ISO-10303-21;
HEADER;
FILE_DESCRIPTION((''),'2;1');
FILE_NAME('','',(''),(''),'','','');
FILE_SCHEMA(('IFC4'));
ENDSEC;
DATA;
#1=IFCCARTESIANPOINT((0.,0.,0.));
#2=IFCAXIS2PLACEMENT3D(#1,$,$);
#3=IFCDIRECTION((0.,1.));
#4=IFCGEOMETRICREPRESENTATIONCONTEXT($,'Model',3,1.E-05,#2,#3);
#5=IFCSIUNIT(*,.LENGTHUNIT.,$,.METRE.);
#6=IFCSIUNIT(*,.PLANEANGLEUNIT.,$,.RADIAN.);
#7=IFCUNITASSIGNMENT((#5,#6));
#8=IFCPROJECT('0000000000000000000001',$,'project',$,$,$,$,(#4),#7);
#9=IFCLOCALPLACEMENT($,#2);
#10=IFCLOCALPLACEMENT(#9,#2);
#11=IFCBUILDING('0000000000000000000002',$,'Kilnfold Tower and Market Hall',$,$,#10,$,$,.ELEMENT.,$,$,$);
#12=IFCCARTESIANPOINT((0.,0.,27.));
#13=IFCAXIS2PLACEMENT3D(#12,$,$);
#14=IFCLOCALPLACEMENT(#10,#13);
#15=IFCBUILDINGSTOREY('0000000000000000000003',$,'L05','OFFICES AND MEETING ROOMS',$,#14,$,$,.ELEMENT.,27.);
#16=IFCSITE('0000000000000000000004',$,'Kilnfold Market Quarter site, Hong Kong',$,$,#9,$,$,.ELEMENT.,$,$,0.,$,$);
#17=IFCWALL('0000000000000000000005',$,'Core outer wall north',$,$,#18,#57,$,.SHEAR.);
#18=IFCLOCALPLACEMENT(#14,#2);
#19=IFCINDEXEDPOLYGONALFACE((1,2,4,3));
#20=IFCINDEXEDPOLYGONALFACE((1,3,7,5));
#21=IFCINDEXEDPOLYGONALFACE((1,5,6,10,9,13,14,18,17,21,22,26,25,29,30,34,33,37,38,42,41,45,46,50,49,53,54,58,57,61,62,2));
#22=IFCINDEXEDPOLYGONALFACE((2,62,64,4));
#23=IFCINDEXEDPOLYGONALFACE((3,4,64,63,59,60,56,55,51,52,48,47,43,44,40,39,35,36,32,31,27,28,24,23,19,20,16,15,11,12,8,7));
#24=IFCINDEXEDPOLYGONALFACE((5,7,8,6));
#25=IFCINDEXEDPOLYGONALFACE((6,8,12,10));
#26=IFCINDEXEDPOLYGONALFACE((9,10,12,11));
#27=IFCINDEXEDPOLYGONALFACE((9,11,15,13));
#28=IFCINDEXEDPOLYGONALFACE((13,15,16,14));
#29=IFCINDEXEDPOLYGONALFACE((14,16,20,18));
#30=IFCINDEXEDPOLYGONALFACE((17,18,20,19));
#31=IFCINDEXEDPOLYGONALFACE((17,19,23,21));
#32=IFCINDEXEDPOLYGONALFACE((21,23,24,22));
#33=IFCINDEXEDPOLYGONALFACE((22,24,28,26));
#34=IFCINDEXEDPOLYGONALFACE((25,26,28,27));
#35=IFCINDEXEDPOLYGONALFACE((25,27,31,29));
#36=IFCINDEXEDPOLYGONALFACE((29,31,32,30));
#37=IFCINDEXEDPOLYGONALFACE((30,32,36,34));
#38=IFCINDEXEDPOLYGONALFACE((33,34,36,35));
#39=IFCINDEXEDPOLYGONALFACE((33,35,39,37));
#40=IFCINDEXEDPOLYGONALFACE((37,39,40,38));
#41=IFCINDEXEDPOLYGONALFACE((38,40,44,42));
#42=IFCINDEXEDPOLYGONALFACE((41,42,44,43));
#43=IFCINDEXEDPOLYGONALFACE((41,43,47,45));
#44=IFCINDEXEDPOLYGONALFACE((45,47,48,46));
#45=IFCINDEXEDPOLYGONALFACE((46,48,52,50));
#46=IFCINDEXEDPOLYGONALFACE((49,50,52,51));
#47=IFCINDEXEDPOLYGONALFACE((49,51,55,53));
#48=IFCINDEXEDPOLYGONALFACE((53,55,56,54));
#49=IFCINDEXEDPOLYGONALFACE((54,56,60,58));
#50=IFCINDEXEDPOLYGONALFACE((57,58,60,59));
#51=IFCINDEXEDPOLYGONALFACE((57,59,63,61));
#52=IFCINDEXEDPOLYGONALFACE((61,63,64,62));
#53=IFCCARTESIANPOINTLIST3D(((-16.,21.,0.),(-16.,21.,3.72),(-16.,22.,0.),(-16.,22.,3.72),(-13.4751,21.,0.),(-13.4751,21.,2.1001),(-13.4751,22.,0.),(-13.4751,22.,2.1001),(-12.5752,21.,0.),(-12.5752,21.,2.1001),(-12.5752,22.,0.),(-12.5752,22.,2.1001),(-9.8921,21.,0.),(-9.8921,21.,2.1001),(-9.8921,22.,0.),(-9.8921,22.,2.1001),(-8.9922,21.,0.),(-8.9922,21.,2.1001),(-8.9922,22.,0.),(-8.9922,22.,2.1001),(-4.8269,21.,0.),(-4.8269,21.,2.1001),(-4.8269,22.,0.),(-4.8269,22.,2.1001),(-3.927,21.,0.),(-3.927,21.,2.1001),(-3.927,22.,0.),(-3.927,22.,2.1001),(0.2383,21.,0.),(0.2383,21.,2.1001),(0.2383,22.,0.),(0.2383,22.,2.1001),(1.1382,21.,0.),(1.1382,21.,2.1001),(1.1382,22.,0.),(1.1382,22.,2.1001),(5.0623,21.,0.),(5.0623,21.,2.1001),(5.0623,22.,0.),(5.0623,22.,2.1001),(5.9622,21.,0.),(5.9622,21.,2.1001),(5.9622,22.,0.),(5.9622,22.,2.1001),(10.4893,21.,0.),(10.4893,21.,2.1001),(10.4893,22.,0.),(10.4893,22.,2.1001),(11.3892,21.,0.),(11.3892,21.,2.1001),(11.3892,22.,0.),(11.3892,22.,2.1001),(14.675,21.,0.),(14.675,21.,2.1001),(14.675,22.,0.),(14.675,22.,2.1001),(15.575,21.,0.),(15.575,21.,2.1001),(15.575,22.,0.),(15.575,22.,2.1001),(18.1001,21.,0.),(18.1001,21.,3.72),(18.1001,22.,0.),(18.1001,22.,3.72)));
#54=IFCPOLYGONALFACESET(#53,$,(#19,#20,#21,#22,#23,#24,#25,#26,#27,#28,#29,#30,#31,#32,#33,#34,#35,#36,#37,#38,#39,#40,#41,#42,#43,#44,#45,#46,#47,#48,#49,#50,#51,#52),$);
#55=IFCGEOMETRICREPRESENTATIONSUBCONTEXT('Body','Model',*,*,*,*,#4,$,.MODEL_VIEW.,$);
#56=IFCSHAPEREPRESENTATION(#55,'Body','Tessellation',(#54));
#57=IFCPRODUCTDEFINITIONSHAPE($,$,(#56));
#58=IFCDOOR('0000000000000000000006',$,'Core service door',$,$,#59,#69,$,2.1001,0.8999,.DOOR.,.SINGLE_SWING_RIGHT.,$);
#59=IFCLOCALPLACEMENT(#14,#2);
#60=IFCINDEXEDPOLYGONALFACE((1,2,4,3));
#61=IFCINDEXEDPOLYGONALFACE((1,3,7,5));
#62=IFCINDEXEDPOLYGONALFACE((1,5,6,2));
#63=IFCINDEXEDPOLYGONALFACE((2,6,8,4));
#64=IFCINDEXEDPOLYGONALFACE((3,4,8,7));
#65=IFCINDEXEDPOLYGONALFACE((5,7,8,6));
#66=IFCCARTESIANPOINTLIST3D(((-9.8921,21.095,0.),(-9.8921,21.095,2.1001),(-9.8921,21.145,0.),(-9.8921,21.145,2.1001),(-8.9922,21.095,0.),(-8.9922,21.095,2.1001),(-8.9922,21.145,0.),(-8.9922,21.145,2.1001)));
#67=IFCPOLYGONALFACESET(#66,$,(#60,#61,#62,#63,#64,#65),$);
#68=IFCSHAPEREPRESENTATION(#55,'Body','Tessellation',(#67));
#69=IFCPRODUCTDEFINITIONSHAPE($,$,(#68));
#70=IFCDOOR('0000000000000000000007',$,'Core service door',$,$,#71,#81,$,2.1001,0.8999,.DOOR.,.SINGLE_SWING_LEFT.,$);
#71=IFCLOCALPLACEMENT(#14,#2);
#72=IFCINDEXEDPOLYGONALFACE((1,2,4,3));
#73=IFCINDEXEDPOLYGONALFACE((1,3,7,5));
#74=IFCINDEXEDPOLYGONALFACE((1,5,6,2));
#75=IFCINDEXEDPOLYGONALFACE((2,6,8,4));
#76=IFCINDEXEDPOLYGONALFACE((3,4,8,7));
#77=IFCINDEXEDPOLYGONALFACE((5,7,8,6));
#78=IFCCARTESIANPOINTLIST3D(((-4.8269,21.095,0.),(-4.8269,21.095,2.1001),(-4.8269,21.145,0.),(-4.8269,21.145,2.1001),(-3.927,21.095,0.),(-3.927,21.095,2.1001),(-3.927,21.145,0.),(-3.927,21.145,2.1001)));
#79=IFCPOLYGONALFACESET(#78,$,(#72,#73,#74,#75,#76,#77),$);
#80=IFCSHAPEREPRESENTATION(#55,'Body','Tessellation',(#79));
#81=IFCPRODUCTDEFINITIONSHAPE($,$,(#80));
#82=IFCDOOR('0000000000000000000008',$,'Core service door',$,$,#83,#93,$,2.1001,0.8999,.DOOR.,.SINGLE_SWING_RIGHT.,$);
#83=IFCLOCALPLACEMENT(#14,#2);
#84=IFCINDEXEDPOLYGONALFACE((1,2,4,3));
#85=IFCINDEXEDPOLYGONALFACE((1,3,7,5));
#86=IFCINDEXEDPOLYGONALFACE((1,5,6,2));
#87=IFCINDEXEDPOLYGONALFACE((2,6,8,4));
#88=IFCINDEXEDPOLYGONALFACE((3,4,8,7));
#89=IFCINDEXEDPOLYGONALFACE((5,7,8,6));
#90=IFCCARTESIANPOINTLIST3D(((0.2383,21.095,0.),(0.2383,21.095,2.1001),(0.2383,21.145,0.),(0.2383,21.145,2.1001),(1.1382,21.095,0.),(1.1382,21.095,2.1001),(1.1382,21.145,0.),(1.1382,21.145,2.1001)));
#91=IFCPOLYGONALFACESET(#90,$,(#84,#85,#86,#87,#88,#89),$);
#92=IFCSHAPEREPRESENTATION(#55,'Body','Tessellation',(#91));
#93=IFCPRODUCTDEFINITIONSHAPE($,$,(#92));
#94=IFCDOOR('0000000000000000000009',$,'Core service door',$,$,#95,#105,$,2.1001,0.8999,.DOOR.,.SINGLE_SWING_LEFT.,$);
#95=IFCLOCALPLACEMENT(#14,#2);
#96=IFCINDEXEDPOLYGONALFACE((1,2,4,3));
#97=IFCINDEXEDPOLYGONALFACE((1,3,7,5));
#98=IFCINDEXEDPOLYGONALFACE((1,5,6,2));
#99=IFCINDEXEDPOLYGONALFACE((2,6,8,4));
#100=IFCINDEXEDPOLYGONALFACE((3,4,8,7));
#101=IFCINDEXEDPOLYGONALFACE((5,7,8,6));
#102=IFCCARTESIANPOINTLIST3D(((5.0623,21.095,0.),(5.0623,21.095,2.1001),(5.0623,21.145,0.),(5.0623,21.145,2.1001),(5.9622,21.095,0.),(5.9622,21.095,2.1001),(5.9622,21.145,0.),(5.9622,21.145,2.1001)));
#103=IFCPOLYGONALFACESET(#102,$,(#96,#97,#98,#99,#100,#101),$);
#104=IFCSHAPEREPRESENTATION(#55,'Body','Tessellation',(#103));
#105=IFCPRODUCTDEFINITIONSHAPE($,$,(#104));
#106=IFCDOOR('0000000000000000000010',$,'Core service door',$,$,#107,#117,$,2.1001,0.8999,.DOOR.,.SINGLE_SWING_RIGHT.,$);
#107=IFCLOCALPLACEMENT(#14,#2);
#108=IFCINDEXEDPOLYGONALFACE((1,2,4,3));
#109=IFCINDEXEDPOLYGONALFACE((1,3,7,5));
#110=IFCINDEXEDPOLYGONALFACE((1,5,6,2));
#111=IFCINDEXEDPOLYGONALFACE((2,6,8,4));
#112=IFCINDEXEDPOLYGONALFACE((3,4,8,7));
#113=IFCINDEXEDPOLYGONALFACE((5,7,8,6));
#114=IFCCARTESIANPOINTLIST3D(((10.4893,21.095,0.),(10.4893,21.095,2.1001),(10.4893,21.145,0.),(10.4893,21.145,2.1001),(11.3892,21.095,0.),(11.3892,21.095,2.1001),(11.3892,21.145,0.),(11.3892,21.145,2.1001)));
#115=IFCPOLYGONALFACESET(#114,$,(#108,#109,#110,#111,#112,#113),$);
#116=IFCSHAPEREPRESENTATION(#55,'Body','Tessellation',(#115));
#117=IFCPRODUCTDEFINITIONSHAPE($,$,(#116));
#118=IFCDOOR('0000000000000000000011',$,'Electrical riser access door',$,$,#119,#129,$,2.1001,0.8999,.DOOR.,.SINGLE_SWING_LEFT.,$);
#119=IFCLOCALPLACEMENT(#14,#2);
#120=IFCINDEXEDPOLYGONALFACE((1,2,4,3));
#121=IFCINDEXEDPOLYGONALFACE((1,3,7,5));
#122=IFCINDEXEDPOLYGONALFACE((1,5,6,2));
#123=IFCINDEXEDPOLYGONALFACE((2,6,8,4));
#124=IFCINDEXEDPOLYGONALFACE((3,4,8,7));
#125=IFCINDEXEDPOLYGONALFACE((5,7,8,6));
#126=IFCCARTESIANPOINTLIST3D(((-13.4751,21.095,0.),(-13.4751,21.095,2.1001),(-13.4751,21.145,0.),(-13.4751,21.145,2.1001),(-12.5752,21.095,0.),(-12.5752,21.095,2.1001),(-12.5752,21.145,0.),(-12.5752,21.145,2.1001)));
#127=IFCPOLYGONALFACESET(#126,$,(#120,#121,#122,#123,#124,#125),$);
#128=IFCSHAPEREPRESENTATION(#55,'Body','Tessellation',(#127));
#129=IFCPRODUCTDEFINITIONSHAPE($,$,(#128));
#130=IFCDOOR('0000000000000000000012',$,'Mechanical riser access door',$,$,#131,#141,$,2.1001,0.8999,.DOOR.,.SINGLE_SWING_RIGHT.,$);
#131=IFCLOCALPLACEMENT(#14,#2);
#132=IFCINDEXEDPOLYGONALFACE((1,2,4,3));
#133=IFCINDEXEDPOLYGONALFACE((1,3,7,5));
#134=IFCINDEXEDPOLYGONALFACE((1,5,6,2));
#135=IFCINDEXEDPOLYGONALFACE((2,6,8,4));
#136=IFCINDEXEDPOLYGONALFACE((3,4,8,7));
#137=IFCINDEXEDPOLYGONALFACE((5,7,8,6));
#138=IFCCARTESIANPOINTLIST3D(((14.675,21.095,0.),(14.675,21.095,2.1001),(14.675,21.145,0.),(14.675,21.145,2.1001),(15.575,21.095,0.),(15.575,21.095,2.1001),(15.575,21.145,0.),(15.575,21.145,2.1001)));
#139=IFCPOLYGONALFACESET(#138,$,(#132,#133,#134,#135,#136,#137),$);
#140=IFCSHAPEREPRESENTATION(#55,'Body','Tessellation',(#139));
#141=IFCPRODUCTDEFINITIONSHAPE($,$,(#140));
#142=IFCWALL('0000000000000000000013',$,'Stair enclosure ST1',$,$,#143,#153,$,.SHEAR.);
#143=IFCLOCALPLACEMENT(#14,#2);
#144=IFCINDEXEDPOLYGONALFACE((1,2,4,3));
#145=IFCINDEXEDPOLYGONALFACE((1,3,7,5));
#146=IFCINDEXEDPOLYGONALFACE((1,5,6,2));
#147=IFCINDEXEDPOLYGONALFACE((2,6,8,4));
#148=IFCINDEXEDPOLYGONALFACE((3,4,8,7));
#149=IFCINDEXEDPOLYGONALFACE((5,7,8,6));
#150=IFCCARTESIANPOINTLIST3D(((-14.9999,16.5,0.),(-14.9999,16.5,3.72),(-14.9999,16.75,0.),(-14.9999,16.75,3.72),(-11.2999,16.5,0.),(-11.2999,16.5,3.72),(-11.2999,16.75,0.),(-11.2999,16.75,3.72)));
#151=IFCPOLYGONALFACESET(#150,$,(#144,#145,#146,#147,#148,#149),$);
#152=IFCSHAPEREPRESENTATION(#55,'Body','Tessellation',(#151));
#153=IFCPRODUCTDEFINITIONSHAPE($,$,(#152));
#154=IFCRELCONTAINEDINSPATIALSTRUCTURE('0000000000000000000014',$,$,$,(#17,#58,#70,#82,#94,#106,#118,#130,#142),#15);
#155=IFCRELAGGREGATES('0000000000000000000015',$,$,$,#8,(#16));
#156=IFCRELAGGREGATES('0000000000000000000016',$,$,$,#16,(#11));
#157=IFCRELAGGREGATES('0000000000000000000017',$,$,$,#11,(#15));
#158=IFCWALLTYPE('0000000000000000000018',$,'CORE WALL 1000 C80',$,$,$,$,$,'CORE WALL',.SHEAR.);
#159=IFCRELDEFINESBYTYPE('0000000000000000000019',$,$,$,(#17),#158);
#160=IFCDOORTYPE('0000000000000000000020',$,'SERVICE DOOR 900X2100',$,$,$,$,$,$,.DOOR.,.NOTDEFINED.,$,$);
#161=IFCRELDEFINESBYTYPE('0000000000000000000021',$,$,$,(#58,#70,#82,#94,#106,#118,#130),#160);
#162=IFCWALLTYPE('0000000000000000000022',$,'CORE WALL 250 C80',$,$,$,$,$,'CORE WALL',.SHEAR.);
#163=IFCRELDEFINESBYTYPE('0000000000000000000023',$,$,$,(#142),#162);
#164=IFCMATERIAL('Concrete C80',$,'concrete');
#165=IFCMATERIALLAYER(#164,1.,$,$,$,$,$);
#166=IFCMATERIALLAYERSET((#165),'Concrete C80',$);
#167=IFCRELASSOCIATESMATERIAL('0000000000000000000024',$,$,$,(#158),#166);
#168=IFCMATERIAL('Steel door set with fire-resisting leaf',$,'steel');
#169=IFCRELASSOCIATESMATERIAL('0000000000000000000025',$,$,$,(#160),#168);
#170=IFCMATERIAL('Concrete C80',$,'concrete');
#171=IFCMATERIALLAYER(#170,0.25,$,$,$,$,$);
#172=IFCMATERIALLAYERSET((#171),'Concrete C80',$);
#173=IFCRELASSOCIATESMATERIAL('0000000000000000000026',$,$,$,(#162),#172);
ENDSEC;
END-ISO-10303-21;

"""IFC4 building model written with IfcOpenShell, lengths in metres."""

from ifc_helpers import new_model, si_unit, direction, frame, frame_2d, origin, place, context, subcontext, project, spatial, rectangle, extrude, source, transform, mapped, material, layer, layer_set, type_object, element, fill, save


model = new_model("IFC4")

# Units and contexts
model_context = context("Model", 3, precision=1e-05, world=origin(), true_north=direction((0.0, 1.0)))
body_context = subcontext(model_context, "Body", "Model", "MODEL_VIEW")
ifc_project = project(units=[si_unit("LENGTHUNIT", "METRE"), si_unit("PLANEANGLEUNIT", "RADIAN")], contexts=[model_context])

# Site, building, storey
site_placement = place(None, origin())
site = spatial("IfcSite", under=ifc_project, at=site_placement, Name="Kilnfold Market Quarter site, Hong Kong", CompositionType="ELEMENT", RefElevation=0.0)
building_placement = place(site_placement, origin())
building = spatial("IfcBuilding", under=site, at=building_placement, Name="Kilnfold Tower and Market Hall", CompositionType="ELEMENT")
storey_placement = place(building_placement, frame((0.0, 0.0, 27.0)))
storey = spatial("IfcBuildingStorey", under=building, at=storey_placement, Name="L05", Description="OFFICES AND MEETING ROOMS", CompositionType="ELEMENT", Elevation=27.0)

# Wall, openings, doors
ifc_material_1 = material(Name="Concrete C80", Category="concrete")
ifc_layer_1 = layer(ifc_material_1, 1.0)
ifc_layer_set_1 = layer_set([ifc_layer_1], Name="Concrete C80")
wall_type_1 = type_object("IfcWallType", Name="CORE WALL 1000 C80", ElementType="CORE WALL", PredefinedType="SHEAR", material=ifc_layer_set_1)
shared_shape_1 = source(origin(), body_context, "Body", "SweptSolid", [
    extrude(rectangle(XDim=34.1001, YDim=1.0, at=frame_2d((17.05, 0.0))), origin(), (0.0, 0.0, 1.0), 3.72),
])
wall_1_placement = place(storey_placement, frame((-16.0, 21.5, 0.0), z_axis=(0.0, 0.0, 1.0), x_axis=(1.0, 0.0, 0.0)))
wall_1 = element("IfcWall", 1, at=wall_1_placement, inside=storey, type_object=wall_type_1, Name="Core outer wall north", PredefinedType="SHEAR", context=body_context, shape_type="MappedRepresentation", body=[
    mapped(shared_shape_1, transform((0.0, 0.0, 0.0))),
])
opening_1_placement = place(wall_1_placement, frame((6.1079, 0.0, 0.0)))
opening_1 = element("IfcOpeningElement", 2, at=opening_1_placement, cuts=wall_1, PredefinedType="OPENING", context=body_context, shape_type="SweptSolid", body=[
    extrude(rectangle(XDim=0.8999, YDim=2.1001, at=frame_2d((0.45, 1.05))), frame((0.0, 0.51, 0.0), z_axis=(0.0, -1.0, 0.0), x_axis=(1.0, 0.0, 0.0)), (0.0, 0.0, 1.0), 1.02),
])
opening_2_placement = place(wall_1_placement, frame((11.1731, 0.0, 0.0)))
opening_2 = element("IfcOpeningElement", 3, at=opening_2_placement, cuts=wall_1, PredefinedType="OPENING", context=body_context, shape_type="SweptSolid", body=[
    extrude(rectangle(XDim=0.8999, YDim=2.1001, at=frame_2d((0.45, 1.05))), frame((0.0, 0.51, 0.0), z_axis=(0.0, -1.0, 0.0), x_axis=(1.0, 0.0, 0.0)), (0.0, 0.0, 1.0), 1.02),
])
opening_3_placement = place(wall_1_placement, frame((16.2383, 0.0, 0.0)))
opening_3 = element("IfcOpeningElement", 4, at=opening_3_placement, cuts=wall_1, PredefinedType="OPENING", context=body_context, shape_type="SweptSolid", body=[
    extrude(rectangle(XDim=0.8999, YDim=2.1001, at=frame_2d((0.45, 1.05))), frame((0.0, 0.51, 0.0), z_axis=(0.0, -1.0, 0.0), x_axis=(1.0, 0.0, 0.0)), (0.0, 0.0, 1.0), 1.02),
])
opening_4_placement = place(wall_1_placement, frame((21.0623, 0.0, 0.0)))
opening_4 = element("IfcOpeningElement", 5, at=opening_4_placement, cuts=wall_1, PredefinedType="OPENING", context=body_context, shape_type="SweptSolid", body=[
    extrude(rectangle(XDim=0.8999, YDim=2.1001, at=frame_2d((0.45, 1.05))), frame((0.0, 0.51, 0.0), z_axis=(0.0, -1.0, 0.0), x_axis=(1.0, 0.0, 0.0)), (0.0, 0.0, 1.0), 1.02),
])
opening_5_placement = place(wall_1_placement, frame((26.4893, 0.0, 0.0)))
opening_5 = element("IfcOpeningElement", 6, at=opening_5_placement, cuts=wall_1, PredefinedType="OPENING", context=body_context, shape_type="SweptSolid", body=[
    extrude(rectangle(XDim=0.8999, YDim=2.1001, at=frame_2d((0.45, 1.05))), frame((0.0, 0.51, 0.0), z_axis=(0.0, -1.0, 0.0), x_axis=(1.0, 0.0, 0.0)), (0.0, 0.0, 1.0), 1.02),
])
opening_6_placement = place(wall_1_placement, frame((2.5249, 0.0, 0.0)))
opening_6 = element("IfcOpeningElement", 7, at=opening_6_placement, cuts=wall_1, PredefinedType="OPENING", context=body_context, shape_type="SweptSolid", body=[
    extrude(rectangle(XDim=0.8999, YDim=2.1001, at=frame_2d((0.45, 1.05))), frame((0.0, 0.51, 0.0), z_axis=(0.0, -1.0, 0.0), x_axis=(1.0, 0.0, 0.0)), (0.0, 0.0, 1.0), 1.02),
])
opening_7_placement = place(wall_1_placement, frame((30.675, 0.0, 0.0)))
opening_7 = element("IfcOpeningElement", 8, at=opening_7_placement, cuts=wall_1, PredefinedType="OPENING", context=body_context, shape_type="SweptSolid", body=[
    extrude(rectangle(XDim=0.8999, YDim=2.1001, at=frame_2d((0.45, 1.05))), frame((0.0, 0.51, 0.0), z_axis=(0.0, -1.0, 0.0), x_axis=(1.0, 0.0, 0.0)), (0.0, 0.0, 1.0), 1.02),
])
ifc_material_2 = material(Name="Steel door set with fire-resisting leaf", Category="steel")
door_type_1 = type_object("IfcDoorType", Name="SERVICE DOOR 900X2100", OperationType="NOTDEFINED", PredefinedType="DOOR", material=ifc_material_2)
door_1_placement = place(opening_1_placement, origin())
door_1 = element("IfcDoor", 9, at=door_1_placement, inside=storey, type_object=door_type_1, Name="Core service door", OperationType="SINGLE_SWING_RIGHT", OverallHeight=2.1001, OverallWidth=0.8999, PredefinedType="DOOR", context=body_context, shape_type="SweptSolid", body=[
    extrude(rectangle(XDim=0.8999, YDim=2.1001, at=frame_2d((0.45, 1.05))), frame((0.0, -0.355, 0.0), z_axis=(0.0, -1.0, 0.0), x_axis=(1.0, 0.0, 0.0)), (0.0, 0.0, 1.0), 0.05),
])
fill(opening_1, door_1)
door_2_placement = place(opening_2_placement, origin())
door_2 = element("IfcDoor", 10, at=door_2_placement, inside=storey, type_object=door_type_1, Name="Core service door", OperationType="SINGLE_SWING_LEFT", OverallHeight=2.1001, OverallWidth=0.8999, PredefinedType="DOOR", context=body_context, shape_type="SweptSolid", body=[
    extrude(rectangle(XDim=0.8999, YDim=2.1001, at=frame_2d((0.45, 1.05))), frame((0.0, -0.355, 0.0), z_axis=(0.0, -1.0, 0.0), x_axis=(1.0, 0.0, 0.0)), (0.0, 0.0, 1.0), 0.05),
])
fill(opening_2, door_2)
door_3_placement = place(opening_3_placement, origin())
door_3 = element("IfcDoor", 11, at=door_3_placement, inside=storey, type_object=door_type_1, Name="Core service door", OperationType="SINGLE_SWING_RIGHT", OverallHeight=2.1001, OverallWidth=0.8999, PredefinedType="DOOR", context=body_context, shape_type="SweptSolid", body=[
    extrude(rectangle(XDim=0.8999, YDim=2.1001, at=frame_2d((0.45, 1.05))), frame((0.0, -0.355, 0.0), z_axis=(0.0, -1.0, 0.0), x_axis=(1.0, 0.0, 0.0)), (0.0, 0.0, 1.0), 0.05),
])
fill(opening_3, door_3)
door_4_placement = place(opening_4_placement, origin())
door_4 = element("IfcDoor", 12, at=door_4_placement, inside=storey, type_object=door_type_1, Name="Core service door", OperationType="SINGLE_SWING_LEFT", OverallHeight=2.1001, OverallWidth=0.8999, PredefinedType="DOOR", context=body_context, shape_type="SweptSolid", body=[
    extrude(rectangle(XDim=0.8999, YDim=2.1001, at=frame_2d((0.45, 1.05))), frame((0.0, -0.355, 0.0), z_axis=(0.0, -1.0, 0.0), x_axis=(1.0, 0.0, 0.0)), (0.0, 0.0, 1.0), 0.05),
])
fill(opening_4, door_4)
door_5_placement = place(opening_5_placement, origin())
door_5 = element("IfcDoor", 13, at=door_5_placement, inside=storey, type_object=door_type_1, Name="Core service door", OperationType="SINGLE_SWING_RIGHT", OverallHeight=2.1001, OverallWidth=0.8999, PredefinedType="DOOR", context=body_context, shape_type="SweptSolid", body=[
    extrude(rectangle(XDim=0.8999, YDim=2.1001, at=frame_2d((0.45, 1.05))), frame((0.0, -0.355, 0.0), z_axis=(0.0, -1.0, 0.0), x_axis=(1.0, 0.0, 0.0)), (0.0, 0.0, 1.0), 0.05),
])
fill(opening_5, door_5)
door_6_placement = place(opening_6_placement, origin())
door_6 = element("IfcDoor", 14, at=door_6_placement, inside=storey, type_object=door_type_1, Name="Electrical riser access door", OperationType="SINGLE_SWING_LEFT", OverallHeight=2.1001, OverallWidth=0.8999, PredefinedType="DOOR", context=body_context, shape_type="SweptSolid", body=[
    extrude(rectangle(XDim=0.8999, YDim=2.1001, at=frame_2d((0.45, 1.05))), frame((0.0, -0.355, 0.0), z_axis=(0.0, -1.0, 0.0), x_axis=(1.0, 0.0, 0.0)), (0.0, 0.0, 1.0), 0.05),
])
fill(opening_6, door_6)
door_7_placement = place(opening_7_placement, origin())
door_7 = element("IfcDoor", 15, at=door_7_placement, inside=storey, type_object=door_type_1, Name="Mechanical riser access door", OperationType="SINGLE_SWING_RIGHT", OverallHeight=2.1001, OverallWidth=0.8999, PredefinedType="DOOR", context=body_context, shape_type="SweptSolid", body=[
    extrude(rectangle(XDim=0.8999, YDim=2.1001, at=frame_2d((0.45, 1.05))), frame((0.0, -0.355, 0.0), z_axis=(0.0, -1.0, 0.0), x_axis=(1.0, 0.0, 0.0)), (0.0, 0.0, 1.0), 0.05),
])
fill(opening_7, door_7)

# Wall
ifc_material_3 = material(Name="Concrete C80", Category="concrete")
ifc_layer_2 = layer(ifc_material_3, 0.25)
ifc_layer_set_2 = layer_set([ifc_layer_2], Name="Concrete C80")
wall_type_2 = type_object("IfcWallType", Name="CORE WALL 250 C80", ElementType="CORE WALL", PredefinedType="SHEAR", material=ifc_layer_set_2)
shared_shape_2 = source(origin(), body_context, "Body", "SweptSolid", [
    extrude(rectangle(XDim=3.7, YDim=0.25, at=frame_2d((1.8501, 0.0))), origin(), (0.0, 0.0, 1.0), 3.72),
])
wall_2_placement = place(storey_placement, frame((-15.0, 16.625, 0.0), z_axis=(0.0, 0.0, 1.0), x_axis=(1.0, 0.0, 0.0)))
element("IfcWall", 16, at=wall_2_placement, inside=storey, type_object=wall_type_2, Name="Stair enclosure ST1", PredefinedType="SHEAR", context=body_context, shape_type="MappedRepresentation", body=[
    mapped(shared_shape_2, transform((0.0, 0.0, 0.0))),
])

save(model, "model.ifc")
